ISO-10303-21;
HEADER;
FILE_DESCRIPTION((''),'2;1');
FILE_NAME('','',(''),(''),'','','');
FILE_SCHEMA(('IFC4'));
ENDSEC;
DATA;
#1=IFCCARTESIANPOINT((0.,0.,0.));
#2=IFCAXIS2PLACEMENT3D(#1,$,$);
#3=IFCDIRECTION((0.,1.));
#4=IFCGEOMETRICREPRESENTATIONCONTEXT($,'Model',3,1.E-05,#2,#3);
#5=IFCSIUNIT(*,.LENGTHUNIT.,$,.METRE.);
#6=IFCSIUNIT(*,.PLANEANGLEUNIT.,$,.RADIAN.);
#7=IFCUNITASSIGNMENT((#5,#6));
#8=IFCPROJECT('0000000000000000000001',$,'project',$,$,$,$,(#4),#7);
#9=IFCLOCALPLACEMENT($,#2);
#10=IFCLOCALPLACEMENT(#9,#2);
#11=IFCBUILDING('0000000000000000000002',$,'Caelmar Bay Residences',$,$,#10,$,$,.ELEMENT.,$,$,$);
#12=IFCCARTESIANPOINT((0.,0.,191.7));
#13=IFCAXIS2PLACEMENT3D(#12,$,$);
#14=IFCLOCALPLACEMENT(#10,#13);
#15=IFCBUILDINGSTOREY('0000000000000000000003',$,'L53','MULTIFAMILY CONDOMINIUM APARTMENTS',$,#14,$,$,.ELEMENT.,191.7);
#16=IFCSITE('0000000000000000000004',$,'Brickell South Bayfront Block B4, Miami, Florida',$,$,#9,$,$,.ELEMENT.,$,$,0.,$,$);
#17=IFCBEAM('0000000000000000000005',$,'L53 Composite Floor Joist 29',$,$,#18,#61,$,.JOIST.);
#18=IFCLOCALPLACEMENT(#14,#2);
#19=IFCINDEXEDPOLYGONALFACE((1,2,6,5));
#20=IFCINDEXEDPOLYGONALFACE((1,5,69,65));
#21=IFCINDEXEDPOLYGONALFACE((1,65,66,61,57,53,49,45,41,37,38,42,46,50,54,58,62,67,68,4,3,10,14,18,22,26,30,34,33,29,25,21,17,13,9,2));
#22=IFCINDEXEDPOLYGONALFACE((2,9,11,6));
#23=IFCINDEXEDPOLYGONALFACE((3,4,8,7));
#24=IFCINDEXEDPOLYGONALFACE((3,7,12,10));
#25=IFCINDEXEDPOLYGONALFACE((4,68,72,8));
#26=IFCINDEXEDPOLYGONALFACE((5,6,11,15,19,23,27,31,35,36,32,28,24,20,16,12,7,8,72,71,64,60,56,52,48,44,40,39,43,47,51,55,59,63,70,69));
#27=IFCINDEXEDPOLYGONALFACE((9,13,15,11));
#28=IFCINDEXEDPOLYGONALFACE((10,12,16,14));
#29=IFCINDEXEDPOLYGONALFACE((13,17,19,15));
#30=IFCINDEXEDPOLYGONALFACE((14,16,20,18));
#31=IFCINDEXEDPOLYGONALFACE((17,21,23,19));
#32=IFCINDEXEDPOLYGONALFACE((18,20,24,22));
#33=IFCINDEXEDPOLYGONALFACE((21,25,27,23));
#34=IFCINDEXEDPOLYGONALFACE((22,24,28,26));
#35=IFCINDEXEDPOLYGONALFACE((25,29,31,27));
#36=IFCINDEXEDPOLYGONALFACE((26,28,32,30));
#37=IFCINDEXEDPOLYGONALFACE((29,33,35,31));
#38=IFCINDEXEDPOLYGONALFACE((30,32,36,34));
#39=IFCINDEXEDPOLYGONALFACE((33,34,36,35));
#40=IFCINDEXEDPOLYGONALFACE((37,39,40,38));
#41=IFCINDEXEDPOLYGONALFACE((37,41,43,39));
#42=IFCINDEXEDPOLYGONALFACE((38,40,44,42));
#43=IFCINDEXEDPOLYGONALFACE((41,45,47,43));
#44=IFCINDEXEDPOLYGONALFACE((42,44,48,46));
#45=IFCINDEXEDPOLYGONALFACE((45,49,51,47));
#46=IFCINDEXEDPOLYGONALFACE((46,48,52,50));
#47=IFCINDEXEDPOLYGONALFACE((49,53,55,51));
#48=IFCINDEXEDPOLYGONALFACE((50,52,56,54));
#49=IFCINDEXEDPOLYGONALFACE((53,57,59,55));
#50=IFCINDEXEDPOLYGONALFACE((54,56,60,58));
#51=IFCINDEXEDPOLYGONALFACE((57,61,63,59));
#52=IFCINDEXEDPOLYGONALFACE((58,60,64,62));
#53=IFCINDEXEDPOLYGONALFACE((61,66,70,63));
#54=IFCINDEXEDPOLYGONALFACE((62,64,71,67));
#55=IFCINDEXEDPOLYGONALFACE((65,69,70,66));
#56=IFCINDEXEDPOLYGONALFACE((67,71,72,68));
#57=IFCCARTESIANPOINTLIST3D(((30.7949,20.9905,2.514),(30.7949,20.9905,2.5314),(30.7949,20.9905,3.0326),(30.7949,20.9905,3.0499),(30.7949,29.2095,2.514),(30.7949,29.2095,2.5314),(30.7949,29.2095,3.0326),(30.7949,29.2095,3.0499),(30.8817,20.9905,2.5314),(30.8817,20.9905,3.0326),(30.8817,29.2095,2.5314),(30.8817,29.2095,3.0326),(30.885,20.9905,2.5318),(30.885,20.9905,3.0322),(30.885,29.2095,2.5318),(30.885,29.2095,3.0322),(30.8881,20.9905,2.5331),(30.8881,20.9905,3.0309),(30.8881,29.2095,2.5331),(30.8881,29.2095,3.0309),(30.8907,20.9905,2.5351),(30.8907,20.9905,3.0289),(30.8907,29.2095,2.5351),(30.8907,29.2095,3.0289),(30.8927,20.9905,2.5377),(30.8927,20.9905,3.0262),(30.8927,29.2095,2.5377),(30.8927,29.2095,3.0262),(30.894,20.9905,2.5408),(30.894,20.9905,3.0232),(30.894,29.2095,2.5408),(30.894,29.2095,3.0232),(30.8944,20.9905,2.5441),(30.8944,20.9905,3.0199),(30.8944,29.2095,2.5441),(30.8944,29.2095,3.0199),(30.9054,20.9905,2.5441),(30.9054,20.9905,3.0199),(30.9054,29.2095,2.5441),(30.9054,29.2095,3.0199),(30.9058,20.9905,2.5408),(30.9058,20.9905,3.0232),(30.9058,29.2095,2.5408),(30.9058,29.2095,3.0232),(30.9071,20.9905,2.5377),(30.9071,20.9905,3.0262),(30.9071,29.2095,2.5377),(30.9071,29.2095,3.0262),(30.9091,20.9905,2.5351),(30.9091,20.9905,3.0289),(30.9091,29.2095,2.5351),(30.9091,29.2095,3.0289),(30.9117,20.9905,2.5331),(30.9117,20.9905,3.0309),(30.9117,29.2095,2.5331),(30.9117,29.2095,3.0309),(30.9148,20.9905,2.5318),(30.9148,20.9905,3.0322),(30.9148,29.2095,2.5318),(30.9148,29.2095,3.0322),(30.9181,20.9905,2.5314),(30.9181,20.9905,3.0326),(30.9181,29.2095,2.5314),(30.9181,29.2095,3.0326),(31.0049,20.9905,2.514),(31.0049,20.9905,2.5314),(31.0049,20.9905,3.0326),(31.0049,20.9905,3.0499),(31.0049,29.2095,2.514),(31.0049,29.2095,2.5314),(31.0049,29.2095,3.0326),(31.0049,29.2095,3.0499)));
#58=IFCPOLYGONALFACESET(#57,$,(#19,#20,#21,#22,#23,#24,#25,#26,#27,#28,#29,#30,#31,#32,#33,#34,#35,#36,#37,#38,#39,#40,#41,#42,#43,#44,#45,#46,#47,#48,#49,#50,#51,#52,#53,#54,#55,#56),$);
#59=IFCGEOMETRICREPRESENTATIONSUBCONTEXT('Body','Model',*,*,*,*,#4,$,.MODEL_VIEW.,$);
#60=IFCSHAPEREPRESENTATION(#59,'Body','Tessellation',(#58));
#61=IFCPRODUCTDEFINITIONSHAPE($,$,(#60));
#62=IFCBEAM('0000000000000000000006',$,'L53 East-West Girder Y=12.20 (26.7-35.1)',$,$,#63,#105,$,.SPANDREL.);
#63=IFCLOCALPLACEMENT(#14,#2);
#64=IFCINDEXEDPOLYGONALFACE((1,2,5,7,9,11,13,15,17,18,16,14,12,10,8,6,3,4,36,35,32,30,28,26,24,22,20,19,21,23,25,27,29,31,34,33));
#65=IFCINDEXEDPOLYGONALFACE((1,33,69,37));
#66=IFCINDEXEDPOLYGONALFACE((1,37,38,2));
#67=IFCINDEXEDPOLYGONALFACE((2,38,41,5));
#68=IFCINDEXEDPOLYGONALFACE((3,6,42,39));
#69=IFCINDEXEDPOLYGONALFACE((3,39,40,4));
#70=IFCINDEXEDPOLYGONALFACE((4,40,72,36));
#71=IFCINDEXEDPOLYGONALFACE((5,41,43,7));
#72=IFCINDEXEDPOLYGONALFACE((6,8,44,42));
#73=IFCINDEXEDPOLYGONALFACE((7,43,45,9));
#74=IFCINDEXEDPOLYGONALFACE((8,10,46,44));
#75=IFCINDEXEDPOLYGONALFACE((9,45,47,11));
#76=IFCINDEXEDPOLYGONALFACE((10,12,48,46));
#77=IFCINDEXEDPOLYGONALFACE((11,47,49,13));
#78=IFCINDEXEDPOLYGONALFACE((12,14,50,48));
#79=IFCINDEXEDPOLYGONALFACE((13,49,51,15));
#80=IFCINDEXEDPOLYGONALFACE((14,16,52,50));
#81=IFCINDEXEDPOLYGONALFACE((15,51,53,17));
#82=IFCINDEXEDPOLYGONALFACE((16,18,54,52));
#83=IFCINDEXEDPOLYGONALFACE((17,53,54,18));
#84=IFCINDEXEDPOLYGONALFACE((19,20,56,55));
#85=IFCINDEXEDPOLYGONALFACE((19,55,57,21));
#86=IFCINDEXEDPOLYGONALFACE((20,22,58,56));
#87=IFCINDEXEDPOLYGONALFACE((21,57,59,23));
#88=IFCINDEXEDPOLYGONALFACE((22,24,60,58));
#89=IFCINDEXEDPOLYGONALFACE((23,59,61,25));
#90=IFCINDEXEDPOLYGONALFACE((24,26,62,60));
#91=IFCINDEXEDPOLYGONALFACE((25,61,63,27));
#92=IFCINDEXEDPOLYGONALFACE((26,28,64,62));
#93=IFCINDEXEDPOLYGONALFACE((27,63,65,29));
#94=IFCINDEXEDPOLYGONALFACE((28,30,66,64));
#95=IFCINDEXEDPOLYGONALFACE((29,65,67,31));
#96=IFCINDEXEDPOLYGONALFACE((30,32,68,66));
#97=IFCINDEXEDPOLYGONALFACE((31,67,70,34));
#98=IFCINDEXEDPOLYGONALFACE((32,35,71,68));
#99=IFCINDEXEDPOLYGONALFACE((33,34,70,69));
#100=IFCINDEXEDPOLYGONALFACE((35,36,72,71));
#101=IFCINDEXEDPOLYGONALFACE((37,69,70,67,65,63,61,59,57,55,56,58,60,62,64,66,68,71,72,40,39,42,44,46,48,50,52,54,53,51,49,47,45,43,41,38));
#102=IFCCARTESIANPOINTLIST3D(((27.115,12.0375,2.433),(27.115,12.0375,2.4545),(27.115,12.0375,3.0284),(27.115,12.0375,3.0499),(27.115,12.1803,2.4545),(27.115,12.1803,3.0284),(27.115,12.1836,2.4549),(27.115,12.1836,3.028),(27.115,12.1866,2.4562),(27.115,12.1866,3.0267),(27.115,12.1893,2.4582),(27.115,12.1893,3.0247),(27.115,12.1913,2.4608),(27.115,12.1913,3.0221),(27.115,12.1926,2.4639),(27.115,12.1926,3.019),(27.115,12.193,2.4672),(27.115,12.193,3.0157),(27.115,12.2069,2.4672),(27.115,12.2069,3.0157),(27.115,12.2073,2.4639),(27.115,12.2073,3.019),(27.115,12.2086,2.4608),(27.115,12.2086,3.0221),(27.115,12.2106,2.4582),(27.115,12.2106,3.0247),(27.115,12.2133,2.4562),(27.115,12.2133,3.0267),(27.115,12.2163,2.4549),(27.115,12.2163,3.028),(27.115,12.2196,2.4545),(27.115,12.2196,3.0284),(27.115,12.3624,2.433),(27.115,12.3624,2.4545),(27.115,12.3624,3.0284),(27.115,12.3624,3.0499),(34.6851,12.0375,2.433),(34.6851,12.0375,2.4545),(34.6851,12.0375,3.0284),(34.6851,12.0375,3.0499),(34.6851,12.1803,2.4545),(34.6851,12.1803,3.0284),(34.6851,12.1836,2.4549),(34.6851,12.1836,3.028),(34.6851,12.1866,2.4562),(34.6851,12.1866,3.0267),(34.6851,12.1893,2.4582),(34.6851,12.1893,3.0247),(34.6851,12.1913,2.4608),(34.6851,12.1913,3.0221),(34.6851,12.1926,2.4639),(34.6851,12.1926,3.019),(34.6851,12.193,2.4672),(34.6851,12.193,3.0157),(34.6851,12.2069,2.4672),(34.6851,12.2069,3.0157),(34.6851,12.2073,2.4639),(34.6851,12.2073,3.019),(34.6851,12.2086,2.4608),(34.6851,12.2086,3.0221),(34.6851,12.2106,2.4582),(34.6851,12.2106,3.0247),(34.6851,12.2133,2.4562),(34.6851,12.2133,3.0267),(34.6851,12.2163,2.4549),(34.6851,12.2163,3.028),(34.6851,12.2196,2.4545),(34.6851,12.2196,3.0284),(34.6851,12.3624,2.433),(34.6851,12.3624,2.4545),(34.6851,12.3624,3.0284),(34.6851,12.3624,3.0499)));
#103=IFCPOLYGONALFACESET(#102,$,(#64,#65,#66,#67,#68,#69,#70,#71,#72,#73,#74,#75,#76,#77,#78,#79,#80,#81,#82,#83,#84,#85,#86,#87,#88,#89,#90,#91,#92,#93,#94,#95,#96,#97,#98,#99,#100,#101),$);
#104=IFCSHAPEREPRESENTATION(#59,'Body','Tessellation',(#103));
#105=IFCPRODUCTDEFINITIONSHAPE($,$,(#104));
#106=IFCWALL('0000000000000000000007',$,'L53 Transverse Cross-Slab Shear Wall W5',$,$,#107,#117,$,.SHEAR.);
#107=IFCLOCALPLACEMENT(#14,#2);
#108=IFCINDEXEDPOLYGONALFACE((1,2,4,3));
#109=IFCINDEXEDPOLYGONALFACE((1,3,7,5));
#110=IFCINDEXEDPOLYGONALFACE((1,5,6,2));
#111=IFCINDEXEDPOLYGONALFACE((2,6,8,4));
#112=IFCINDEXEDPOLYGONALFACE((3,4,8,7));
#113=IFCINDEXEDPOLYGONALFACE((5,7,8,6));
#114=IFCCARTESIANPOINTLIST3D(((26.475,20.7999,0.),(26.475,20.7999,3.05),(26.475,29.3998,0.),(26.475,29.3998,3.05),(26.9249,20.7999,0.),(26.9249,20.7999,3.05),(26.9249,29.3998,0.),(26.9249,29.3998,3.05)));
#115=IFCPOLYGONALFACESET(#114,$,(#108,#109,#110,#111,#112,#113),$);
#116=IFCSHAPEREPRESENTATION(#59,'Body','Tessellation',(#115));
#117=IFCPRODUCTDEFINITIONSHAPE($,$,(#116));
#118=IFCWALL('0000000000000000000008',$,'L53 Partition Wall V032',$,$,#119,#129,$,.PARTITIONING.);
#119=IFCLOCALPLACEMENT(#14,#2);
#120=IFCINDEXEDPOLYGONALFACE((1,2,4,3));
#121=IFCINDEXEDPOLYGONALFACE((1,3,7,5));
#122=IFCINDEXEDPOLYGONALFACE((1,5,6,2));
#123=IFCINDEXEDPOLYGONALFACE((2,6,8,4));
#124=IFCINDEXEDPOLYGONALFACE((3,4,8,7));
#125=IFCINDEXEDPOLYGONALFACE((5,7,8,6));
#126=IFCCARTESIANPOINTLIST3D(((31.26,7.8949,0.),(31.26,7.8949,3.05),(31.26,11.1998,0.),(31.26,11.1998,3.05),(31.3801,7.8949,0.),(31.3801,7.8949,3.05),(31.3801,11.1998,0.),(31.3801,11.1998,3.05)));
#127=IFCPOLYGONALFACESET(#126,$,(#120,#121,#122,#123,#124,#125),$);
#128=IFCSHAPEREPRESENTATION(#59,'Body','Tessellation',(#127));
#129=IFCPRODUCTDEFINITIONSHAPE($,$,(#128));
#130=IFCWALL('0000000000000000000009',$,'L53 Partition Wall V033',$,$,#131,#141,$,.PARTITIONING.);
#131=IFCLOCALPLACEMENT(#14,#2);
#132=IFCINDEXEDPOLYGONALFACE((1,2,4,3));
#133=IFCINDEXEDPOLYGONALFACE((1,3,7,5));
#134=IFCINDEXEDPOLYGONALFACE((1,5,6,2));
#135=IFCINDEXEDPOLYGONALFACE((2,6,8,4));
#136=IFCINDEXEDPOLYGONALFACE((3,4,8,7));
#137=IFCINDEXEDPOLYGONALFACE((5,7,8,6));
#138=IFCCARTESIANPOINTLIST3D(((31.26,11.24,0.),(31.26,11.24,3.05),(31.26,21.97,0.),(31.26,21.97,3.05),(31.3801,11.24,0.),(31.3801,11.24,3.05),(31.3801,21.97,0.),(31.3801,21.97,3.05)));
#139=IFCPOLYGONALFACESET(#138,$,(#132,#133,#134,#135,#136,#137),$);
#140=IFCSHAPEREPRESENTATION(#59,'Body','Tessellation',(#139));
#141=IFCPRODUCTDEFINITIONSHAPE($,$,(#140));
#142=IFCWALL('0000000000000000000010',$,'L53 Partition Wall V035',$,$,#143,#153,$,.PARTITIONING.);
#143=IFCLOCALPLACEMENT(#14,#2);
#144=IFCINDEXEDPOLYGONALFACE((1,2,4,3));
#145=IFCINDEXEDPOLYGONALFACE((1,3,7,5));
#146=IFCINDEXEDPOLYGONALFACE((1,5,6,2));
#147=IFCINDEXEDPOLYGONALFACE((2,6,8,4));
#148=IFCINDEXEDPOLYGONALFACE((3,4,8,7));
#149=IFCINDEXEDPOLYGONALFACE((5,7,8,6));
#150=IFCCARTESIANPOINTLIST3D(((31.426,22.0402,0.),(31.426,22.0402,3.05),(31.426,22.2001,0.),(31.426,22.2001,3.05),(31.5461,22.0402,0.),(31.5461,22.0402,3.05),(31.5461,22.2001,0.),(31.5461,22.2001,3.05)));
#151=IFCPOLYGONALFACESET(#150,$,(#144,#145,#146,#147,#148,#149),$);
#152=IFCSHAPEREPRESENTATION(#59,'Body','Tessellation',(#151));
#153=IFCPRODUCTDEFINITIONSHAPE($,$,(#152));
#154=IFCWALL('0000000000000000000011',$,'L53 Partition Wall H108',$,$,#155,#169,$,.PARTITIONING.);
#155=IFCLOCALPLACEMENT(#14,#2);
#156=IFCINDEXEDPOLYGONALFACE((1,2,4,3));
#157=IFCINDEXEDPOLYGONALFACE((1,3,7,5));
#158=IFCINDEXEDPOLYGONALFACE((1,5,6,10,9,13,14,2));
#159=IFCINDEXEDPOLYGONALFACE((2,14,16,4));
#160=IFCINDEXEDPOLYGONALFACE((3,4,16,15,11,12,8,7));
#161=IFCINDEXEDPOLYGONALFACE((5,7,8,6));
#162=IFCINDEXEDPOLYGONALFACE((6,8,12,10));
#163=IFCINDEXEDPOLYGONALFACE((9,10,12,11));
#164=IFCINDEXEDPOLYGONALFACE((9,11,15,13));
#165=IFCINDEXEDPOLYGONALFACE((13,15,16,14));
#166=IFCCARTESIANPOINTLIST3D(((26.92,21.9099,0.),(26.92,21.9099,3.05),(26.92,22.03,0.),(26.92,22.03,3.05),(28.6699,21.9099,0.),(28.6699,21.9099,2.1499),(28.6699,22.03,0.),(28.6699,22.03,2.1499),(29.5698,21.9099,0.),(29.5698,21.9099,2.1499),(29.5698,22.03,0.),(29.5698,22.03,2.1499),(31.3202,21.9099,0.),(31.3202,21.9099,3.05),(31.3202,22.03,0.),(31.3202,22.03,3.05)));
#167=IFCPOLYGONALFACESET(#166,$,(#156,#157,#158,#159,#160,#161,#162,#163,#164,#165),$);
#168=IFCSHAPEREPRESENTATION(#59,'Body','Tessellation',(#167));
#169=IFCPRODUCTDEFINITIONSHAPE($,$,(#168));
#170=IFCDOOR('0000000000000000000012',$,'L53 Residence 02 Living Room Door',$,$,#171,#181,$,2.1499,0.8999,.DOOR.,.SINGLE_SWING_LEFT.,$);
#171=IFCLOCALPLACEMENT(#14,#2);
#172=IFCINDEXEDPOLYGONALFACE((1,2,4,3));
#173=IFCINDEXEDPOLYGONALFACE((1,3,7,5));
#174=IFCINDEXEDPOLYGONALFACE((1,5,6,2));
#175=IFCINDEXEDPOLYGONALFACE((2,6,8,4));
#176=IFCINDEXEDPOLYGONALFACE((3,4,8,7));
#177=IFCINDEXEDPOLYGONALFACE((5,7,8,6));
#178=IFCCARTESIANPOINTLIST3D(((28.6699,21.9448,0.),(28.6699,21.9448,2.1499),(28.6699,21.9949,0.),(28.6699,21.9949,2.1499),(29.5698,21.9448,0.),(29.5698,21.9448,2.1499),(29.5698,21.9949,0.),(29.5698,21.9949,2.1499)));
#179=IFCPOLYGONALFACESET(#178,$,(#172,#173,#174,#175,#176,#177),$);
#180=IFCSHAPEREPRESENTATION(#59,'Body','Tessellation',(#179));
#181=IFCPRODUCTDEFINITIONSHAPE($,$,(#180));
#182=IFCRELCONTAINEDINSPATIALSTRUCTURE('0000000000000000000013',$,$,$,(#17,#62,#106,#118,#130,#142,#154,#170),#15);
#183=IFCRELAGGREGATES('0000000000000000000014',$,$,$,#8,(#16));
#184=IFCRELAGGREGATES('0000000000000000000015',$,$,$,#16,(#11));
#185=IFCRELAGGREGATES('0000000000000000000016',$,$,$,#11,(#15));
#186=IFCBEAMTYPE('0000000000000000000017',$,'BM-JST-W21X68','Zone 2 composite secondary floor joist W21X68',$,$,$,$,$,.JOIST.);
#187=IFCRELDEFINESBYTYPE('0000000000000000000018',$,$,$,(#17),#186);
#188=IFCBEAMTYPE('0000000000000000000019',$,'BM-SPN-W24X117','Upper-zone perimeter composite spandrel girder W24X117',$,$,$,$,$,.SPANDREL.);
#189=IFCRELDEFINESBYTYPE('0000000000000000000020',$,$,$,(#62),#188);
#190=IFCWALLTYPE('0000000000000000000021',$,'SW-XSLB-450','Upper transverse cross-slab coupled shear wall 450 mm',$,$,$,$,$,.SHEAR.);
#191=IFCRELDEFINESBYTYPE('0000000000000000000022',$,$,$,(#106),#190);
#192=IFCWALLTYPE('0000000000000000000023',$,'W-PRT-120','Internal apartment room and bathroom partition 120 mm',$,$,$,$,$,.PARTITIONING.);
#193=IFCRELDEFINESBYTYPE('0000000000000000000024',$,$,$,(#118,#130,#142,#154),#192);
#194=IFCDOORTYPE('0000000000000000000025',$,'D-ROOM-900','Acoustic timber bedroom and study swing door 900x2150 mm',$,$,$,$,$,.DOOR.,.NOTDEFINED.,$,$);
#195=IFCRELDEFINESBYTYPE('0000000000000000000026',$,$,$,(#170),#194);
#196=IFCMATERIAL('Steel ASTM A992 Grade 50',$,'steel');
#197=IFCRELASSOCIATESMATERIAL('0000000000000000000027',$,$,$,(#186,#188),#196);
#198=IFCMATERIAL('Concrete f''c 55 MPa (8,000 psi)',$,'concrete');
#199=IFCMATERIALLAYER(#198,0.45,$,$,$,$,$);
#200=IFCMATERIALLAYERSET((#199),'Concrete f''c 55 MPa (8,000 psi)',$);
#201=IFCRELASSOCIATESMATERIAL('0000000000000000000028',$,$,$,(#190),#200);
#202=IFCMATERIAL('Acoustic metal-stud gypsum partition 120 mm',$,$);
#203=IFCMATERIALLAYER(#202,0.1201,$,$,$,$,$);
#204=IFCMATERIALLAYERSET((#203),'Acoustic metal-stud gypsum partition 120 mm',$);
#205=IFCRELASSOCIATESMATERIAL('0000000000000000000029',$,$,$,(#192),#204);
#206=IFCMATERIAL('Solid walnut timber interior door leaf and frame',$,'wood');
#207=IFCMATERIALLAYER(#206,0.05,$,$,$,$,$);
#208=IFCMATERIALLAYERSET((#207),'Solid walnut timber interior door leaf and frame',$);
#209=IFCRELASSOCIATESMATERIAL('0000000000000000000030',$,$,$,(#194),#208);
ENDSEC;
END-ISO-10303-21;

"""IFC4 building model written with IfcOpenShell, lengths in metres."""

from ifc_helpers import new_model, si_unit, direction, frame, frame_2d, origin, origin_2d, place, context, subcontext, project, spatial, rectangle, i_section, extrude, material, layer, layer_set, material_profile, profile_set, type_object, element, fill, save


model = new_model("IFC4")

# Units and contexts
model_context = context("Model", 3, precision=1e-05, world=origin(), true_north=direction((0.0, 1.0)))
body_context = subcontext(model_context, "Body", "Model", "MODEL_VIEW")
ifc_project = project(units=[si_unit("LENGTHUNIT", "METRE"), si_unit("PLANEANGLEUNIT", "RADIAN")], contexts=[model_context])

# Site, building, storey
site_placement = place(None, origin())
site = spatial("IfcSite", under=ifc_project, at=site_placement, Name="Brickell South Bayfront Block B4, Miami, Florida", CompositionType="ELEMENT", RefElevation=0.0)
building_placement = place(site_placement, origin())
building = spatial("IfcBuilding", under=site, at=building_placement, Name="Caelmar Bay Residences", CompositionType="ELEMENT")
storey_placement = place(building_placement, frame((0.0, 0.0, 191.7)))
storey = spatial("IfcBuildingStorey", under=building, at=storey_placement, Name="L53", Description="MULTIFAMILY CONDOMINIUM APARTMENTS", CompositionType="ELEMENT", Elevation=191.7)

# Shared definitions
ifc_material_1 = material(Name="Concrete f'c 55 MPa (8,000 psi)", Category="concrete")

# Beams
ifc_material_2 = material(Name="Steel ASTM A992 Grade 50", Category="steel")
ifc_material_profile_1 = material_profile(ifc_material_2, i_section(OverallWidth=0.21, OverallDepth=0.5359, WebThickness=0.011, FlangeThickness=0.0173, FilletRadius=0.0127, at=origin_2d()), Name="W21X68")
ifc_profile_set_1 = profile_set([ifc_material_profile_1], Name="Steel ASTM A992 Grade 50")
beam_type_1 = type_object("IfcBeamType", Name="BM-JST-W21X68", Description="Zone 2 composite secondary floor joist W21X68", PredefinedType="JOIST", material=ifc_profile_set_1)
beam_1_placement = place(storey_placement, frame((30.8999, 20.9905, 2.782), z_axis=(0.0, 1.0, 0.0), x_axis=(-1.0, 0.0, 0.0)))
element("IfcBeam", 1, at=beam_1_placement, inside=storey, type_object=beam_type_1, Name="L53 Composite Floor Joist 29", PredefinedType="JOIST", context=body_context, shape_type="SweptSolid", body=[
    extrude(i_section(OverallWidth=0.21, OverallDepth=0.5359, WebThickness=0.011, FlangeThickness=0.0173, FilletRadius=0.0127, at=origin_2d()), origin(), (0.0, 0.0, 1.0), 8.219),
])
ifc_material_profile_2 = material_profile(ifc_material_2, i_section(OverallWidth=0.325, OverallDepth=0.6169, WebThickness=0.0139, FlangeThickness=0.0215, FilletRadius=0.0127, at=origin_2d()), Name="W24X117")
ifc_profile_set_2 = profile_set([ifc_material_profile_2], Name="Steel ASTM A992 Grade 50")
beam_type_2 = type_object("IfcBeamType", Name="BM-SPN-W24X117", Description="Upper-zone perimeter composite spandrel girder W24X117", PredefinedType="SPANDREL", material=ifc_profile_set_2)
beam_2_placement = place(storey_placement, frame((27.115, 12.2, 2.7415), z_axis=(1.0, 0.0, 0.0), x_axis=(0.0, 1.0, 0.0)))
element("IfcBeam", 2, at=beam_2_placement, inside=storey, type_object=beam_type_2, Name="L53 East-West Girder Y=12.20 (26.7-35.1)", PredefinedType="SPANDREL", context=body_context, shape_type="SweptSolid", body=[
    extrude(i_section(OverallWidth=0.325, OverallDepth=0.6169, WebThickness=0.0139, FlangeThickness=0.0215, FilletRadius=0.0127, at=origin_2d()), origin(), (0.0, 0.0, 1.0), 7.5701),
])

# Walls
ifc_layer_1 = layer(ifc_material_1, 0.45)
ifc_layer_set_1 = layer_set([ifc_layer_1], Name="Concrete f'c 55 MPa (8,000 psi)")
wall_type_1 = type_object("IfcWallType", Name="SW-XSLB-450", Description="Upper transverse cross-slab coupled shear wall 450 mm", PredefinedType="SHEAR", material=ifc_layer_set_1)
wall_1_placement = place(storey_placement, frame((26.7, 20.8, 0.0), z_axis=(0.0, 0.0, 1.0), x_axis=(0.0, 1.0, 0.0)))
element("IfcWall", 3, at=wall_1_placement, inside=storey, type_object=wall_type_1, Name="L53 Transverse Cross-Slab Shear Wall W5", PredefinedType="SHEAR", context=body_context, shape_type="SweptSolid", body=[
    extrude(rectangle(XDim=8.5999, YDim=0.45, at=frame_2d((4.2998, 0.0))), origin(), (0.0, 0.0, 1.0), 3.05),
])
ifc_material_3 = material(Name="Acoustic metal-stud gypsum partition 120 mm")
ifc_layer_2 = layer(ifc_material_3, 0.1201)
ifc_layer_set_2 = layer_set([ifc_layer_2], Name="Acoustic metal-stud gypsum partition 120 mm")
wall_type_2 = type_object("IfcWallType", Name="W-PRT-120", Description="Internal apartment room and bathroom partition 120 mm", PredefinedType="PARTITIONING", material=ifc_layer_set_2)
wall_2_placement = place(storey_placement, frame((31.3201, 7.895, 0.0), z_axis=(0.0, 0.0, 1.0), x_axis=(0.0, 1.0, 0.0)))
element("IfcWall", 4, at=wall_2_placement, inside=storey, type_object=wall_type_2, Name="L53 Partition Wall V032", PredefinedType="PARTITIONING", context=body_context, shape_type="SweptSolid", body=[
    extrude(rectangle(XDim=3.3049, YDim=0.1201, at=frame_2d((1.6523, 0.0))), origin(), (0.0, 0.0, 1.0), 3.05),
])
wall_3_placement = place(storey_placement, frame((31.3201, 11.24, 0.0), z_axis=(0.0, 0.0, 1.0), x_axis=(0.0, 1.0, 0.0)))
element("IfcWall", 5, at=wall_3_placement, inside=storey, type_object=wall_type_2, Name="L53 Partition Wall V033", PredefinedType="PARTITIONING", context=body_context, shape_type="SweptSolid", body=[
    extrude(rectangle(XDim=10.73, YDim=0.1201, at=frame_2d((5.365, 0.0))), origin(), (0.0, 0.0, 1.0), 3.05),
])
wall_4_placement = place(storey_placement, frame((31.4861, 22.04, 0.0), z_axis=(0.0, 0.0, 1.0), x_axis=(0.0, 1.0, 0.0)))
element("IfcWall", 6, at=wall_4_placement, inside=storey, type_object=wall_type_2, Name="L53 Partition Wall V035", PredefinedType="PARTITIONING", context=body_context, shape_type="SweptSolid", body=[
    extrude(rectangle(XDim=0.1599, YDim=0.1201, at=frame_2d((0.0801, 0.0))), origin(), (0.0, 0.0, 1.0), 3.05),
])

# Wall, opening, door
wall_5_placement = place(storey_placement, frame((26.9199, 21.97, 0.0), z_axis=(0.0, 0.0, 1.0), x_axis=(1.0, 0.0, 0.0)))
wall_5 = element("IfcWall", 7, at=wall_5_placement, inside=storey, type_object=wall_type_2, Name="L53 Partition Wall H108", PredefinedType="PARTITIONING", context=body_context, shape_type="SweptSolid", body=[
    extrude(rectangle(XDim=4.4001, YDim=0.1201, at=frame_2d((2.2002, 0.0))), origin(), (0.0, 0.0, 1.0), 3.05),
])
opening_1_placement = place(wall_5_placement, frame((1.75, 0.0, 0.0)))
opening_1 = element("IfcOpeningElement", 8, at=opening_1_placement, cuts=wall_5, PredefinedType="OPENING", context=body_context, shape_type="SweptSolid", body=[
    extrude(rectangle(XDim=0.8999, YDim=2.1499, at=frame_2d((0.45, 1.075))), frame((0.0, 0.0701, 0.0), z_axis=(0.0, -1.0, 0.0), x_axis=(1.0, 0.0, 0.0)), (0.0, 0.0, 1.0), 0.1401),
])
ifc_material_4 = material(Name="Solid walnut timber interior door leaf and frame", Category="wood")
ifc_layer_3 = layer(ifc_material_4, 0.05)
ifc_layer_set_3 = layer_set([ifc_layer_3], Name="Solid walnut timber interior door leaf and frame")
door_type = type_object("IfcDoorType", Name="D-ROOM-900", Description="Acoustic timber bedroom and study swing door 900x2150 mm", OperationType="NOTDEFINED", PredefinedType="DOOR", material=ifc_layer_set_3)
door_1_placement = place(opening_1_placement, origin())
door_1 = element("IfcDoor", 9, at=door_1_placement, inside=storey, type_object=door_type, Name="L53 Residence 02 Living Room Door", OperationType="SINGLE_SWING_LEFT", OverallHeight=2.1499, OverallWidth=0.8999, PredefinedType="DOOR", context=body_context, shape_type="SweptSolid", body=[
    extrude(rectangle(XDim=0.8999, YDim=2.1499, at=frame_2d((0.45, 1.075))), frame((0.0, 0.0249, 0.0), z_axis=(0.0, -1.0, 0.0), x_axis=(1.0, 0.0, 0.0)), (0.0, 0.0, 1.0), 0.05),
])
fill(opening_1, door_1)

save(model, "model.ifc")
